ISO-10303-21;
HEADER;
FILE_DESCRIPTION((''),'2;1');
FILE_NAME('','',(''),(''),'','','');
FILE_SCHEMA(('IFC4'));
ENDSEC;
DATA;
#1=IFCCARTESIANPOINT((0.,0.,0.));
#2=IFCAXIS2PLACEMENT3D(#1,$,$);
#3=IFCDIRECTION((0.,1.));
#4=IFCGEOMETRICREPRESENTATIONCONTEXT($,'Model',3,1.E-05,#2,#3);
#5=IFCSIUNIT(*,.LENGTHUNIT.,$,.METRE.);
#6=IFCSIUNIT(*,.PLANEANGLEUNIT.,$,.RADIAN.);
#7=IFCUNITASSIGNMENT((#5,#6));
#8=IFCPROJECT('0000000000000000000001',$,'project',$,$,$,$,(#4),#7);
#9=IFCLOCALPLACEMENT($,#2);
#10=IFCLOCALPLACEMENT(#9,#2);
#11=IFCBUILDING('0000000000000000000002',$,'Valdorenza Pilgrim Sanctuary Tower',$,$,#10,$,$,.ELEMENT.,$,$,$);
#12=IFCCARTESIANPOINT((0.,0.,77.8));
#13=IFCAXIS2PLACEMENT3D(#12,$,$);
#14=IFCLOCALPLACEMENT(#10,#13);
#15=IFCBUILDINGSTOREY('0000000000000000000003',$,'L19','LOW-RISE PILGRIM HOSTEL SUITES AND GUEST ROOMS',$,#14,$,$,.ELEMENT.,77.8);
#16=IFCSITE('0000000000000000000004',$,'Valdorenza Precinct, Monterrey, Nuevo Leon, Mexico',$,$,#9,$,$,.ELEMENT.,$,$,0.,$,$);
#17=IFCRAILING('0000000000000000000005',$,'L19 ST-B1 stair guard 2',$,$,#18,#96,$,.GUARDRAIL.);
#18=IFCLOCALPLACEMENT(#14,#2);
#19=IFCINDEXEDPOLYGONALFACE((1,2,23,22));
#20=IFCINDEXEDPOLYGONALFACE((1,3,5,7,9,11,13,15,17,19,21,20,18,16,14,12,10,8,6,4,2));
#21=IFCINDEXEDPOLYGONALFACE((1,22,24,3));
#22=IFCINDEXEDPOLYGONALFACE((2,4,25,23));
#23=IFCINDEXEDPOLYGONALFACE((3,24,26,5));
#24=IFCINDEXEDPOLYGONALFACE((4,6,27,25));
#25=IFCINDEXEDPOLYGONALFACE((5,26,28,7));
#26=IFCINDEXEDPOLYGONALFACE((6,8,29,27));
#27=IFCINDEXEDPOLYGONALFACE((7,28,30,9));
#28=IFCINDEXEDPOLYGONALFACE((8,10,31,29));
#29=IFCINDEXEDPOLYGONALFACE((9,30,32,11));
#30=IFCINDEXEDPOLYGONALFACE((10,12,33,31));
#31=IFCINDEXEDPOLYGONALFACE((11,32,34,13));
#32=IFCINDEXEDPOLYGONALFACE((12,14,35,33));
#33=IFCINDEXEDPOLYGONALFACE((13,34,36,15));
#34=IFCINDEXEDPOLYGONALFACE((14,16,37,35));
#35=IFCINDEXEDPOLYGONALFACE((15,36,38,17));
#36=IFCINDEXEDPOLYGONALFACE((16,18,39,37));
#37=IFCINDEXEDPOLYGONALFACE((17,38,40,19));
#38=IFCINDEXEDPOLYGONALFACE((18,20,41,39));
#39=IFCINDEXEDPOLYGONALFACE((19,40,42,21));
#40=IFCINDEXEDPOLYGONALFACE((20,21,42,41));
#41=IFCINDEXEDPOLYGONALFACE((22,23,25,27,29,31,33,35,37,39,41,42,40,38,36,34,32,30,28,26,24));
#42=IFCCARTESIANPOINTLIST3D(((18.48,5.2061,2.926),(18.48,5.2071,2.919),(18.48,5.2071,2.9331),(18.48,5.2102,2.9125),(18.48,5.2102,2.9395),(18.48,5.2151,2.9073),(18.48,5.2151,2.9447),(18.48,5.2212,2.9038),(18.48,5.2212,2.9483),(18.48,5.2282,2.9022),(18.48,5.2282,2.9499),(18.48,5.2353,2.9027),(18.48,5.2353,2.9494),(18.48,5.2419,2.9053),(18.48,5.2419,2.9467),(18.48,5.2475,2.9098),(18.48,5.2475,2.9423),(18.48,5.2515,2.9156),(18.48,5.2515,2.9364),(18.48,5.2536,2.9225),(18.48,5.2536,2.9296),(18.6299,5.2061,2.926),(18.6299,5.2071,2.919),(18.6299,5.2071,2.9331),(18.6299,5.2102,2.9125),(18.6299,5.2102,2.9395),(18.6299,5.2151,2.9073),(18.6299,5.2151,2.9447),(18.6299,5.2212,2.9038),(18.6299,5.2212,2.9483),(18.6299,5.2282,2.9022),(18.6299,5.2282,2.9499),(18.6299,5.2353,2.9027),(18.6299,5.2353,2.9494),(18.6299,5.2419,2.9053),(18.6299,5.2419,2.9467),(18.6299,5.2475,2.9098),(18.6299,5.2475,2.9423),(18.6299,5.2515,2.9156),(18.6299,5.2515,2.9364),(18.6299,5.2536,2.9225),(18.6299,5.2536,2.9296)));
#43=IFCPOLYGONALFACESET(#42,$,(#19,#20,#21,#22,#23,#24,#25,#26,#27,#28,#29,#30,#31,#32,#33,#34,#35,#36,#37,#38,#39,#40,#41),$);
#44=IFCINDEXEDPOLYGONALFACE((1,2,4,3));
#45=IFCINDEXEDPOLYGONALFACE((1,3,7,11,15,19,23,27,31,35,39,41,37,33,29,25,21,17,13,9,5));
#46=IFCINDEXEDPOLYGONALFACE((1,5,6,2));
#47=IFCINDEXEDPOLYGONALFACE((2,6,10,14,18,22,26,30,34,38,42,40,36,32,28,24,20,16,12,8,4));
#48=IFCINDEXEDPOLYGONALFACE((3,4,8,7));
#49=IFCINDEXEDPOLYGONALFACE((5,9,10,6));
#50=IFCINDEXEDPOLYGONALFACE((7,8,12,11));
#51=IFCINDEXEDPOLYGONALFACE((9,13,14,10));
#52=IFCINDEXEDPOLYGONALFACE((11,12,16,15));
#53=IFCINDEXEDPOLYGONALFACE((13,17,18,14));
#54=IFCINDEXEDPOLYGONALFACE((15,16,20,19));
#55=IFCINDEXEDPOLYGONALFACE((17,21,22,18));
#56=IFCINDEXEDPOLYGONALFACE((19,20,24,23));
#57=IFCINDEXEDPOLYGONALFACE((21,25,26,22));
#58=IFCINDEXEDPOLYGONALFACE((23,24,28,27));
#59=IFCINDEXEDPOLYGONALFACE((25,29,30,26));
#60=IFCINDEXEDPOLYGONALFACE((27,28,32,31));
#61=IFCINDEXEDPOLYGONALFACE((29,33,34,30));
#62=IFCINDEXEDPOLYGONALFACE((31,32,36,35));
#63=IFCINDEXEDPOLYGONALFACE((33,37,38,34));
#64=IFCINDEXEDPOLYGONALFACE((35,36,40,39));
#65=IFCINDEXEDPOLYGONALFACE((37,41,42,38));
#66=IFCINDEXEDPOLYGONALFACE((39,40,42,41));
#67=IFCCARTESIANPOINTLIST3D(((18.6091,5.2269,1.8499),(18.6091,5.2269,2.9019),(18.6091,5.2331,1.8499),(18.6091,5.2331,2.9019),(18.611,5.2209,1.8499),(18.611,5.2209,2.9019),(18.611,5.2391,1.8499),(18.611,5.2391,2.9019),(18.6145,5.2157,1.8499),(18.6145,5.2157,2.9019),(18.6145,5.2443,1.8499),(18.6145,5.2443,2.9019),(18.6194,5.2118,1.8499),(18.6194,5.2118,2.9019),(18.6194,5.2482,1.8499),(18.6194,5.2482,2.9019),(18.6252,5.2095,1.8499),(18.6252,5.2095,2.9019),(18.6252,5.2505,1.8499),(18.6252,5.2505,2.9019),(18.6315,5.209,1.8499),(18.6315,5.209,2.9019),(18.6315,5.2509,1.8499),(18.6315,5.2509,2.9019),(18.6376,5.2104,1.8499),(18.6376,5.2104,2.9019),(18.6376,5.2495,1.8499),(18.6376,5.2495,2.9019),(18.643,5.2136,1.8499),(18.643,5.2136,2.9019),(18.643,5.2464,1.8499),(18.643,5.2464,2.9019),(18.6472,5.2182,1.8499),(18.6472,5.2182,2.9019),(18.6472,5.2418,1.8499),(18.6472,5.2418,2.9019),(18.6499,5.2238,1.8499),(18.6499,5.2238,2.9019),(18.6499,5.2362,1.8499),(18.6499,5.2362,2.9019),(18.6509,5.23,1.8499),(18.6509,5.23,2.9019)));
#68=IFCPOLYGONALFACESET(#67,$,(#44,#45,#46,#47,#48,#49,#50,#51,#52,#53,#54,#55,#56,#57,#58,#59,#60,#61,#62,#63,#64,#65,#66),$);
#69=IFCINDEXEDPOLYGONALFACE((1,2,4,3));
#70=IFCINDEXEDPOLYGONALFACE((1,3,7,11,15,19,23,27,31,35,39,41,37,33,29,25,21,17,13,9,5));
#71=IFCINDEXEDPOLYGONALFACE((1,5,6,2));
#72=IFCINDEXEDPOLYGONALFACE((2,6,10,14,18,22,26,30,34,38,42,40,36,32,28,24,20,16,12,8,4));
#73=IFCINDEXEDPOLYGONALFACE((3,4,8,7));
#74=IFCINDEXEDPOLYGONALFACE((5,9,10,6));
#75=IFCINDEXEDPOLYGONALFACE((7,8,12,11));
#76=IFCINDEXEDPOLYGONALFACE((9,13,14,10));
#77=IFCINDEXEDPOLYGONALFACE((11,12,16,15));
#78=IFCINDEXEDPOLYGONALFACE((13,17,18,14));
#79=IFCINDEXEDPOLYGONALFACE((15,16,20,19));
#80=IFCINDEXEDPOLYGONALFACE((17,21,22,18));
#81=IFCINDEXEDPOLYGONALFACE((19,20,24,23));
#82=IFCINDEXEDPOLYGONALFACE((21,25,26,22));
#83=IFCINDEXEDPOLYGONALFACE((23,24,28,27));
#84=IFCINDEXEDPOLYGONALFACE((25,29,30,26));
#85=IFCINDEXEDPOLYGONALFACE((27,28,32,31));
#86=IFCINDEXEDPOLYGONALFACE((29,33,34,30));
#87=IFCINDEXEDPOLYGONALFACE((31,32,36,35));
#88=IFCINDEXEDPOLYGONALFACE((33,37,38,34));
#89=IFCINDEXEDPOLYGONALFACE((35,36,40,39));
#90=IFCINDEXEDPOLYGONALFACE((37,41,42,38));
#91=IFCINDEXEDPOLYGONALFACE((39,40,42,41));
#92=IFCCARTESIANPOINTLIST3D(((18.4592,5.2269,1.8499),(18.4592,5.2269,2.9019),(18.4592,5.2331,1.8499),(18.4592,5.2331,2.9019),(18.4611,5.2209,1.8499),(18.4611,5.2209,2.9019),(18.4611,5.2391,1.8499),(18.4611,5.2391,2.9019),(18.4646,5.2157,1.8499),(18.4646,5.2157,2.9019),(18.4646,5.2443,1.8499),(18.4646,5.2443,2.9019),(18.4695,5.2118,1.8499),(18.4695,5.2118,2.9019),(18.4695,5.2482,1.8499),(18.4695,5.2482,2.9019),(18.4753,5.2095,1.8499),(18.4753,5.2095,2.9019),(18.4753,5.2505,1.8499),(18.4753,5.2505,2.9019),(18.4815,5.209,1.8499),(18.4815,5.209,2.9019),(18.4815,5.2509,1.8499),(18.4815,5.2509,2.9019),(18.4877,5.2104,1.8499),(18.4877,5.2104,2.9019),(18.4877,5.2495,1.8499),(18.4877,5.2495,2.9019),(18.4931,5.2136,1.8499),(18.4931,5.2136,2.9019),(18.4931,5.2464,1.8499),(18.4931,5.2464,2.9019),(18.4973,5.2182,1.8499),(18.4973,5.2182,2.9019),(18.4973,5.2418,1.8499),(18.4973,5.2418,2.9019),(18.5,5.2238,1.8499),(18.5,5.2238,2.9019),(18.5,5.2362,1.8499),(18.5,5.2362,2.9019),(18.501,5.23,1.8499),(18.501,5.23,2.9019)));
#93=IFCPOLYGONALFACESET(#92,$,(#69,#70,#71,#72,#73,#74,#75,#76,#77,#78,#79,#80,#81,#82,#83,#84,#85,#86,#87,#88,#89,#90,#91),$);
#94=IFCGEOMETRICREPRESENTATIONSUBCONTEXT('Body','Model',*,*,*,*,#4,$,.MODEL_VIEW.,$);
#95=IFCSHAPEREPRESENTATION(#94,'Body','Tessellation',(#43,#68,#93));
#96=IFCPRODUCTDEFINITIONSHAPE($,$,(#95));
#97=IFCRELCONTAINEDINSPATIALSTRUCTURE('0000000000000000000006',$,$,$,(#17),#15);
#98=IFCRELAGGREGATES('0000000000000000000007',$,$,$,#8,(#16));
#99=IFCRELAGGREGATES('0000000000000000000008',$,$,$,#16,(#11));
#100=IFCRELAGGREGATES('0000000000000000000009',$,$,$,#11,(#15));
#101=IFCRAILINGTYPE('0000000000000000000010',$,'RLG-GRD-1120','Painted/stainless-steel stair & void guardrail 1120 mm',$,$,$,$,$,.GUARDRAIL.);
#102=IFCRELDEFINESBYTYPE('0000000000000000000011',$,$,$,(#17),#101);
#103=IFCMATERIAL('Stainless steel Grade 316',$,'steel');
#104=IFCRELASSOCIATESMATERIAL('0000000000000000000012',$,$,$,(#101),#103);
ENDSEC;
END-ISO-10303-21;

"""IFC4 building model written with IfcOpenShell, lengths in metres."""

from ifc_helpers import new_model, si_unit, direction, frame, origin, origin_2d, place, context, subcontext, project, spatial, circle, extrude, material, type_object, element, save


model = new_model("IFC4")

# Units and contexts
model_context = context("Model", 3, precision=1e-05, world=origin(), true_north=direction((0.0, 1.0)))
body_context = subcontext(model_context, "Body", "Model", "MODEL_VIEW")
ifc_project = project(units=[si_unit("LENGTHUNIT", "METRE"), si_unit("PLANEANGLEUNIT", "RADIAN")], contexts=[model_context])

# Site, building, storey
site_placement = place(None, origin())
site = spatial("IfcSite", under=ifc_project, at=site_placement, Name="Valdorenza Precinct, Monterrey, Nuevo Leon, Mexico", CompositionType="ELEMENT", RefElevation=0.0)
building_placement = place(site_placement, origin())
building = spatial("IfcBuilding", under=site, at=building_placement, Name="Valdorenza Pilgrim Sanctuary Tower", CompositionType="ELEMENT")
storey_placement = place(building_placement, frame((0.0, 0.0, 77.8)))
storey = spatial("IfcBuildingStorey", under=building, at=storey_placement, Name="L19", Description="LOW-RISE PILGRIM HOSTEL SUITES AND GUEST ROOMS", CompositionType="ELEMENT", Elevation=77.8)

# Railing
ifc_material_1 = material(Name="Stainless steel Grade 316", Category="steel")
railing_type_1 = type_object("IfcRailingType", Name="RLG-GRD-1120", Description="Painted/stainless-steel stair & void guardrail 1120 mm", PredefinedType="GUARDRAIL", material=ifc_material_1)
railing_1_placement = place(storey_placement, frame((18.6299, 5.23, 1.8499)))
element("IfcRailing", 1, at=railing_1_placement, inside=storey, type_object=railing_type_1, Name="L19 ST-B1 stair guard 2", PredefinedType="GUARDRAIL", context=body_context, shape_type="SweptSolid", body=[
    extrude(circle(Radius=0.0239, at=origin_2d()), frame((0.0, 0.0, 1.0762), z_axis=(-1.0, 0.0, 0.0), x_axis=(0.0, -1.0, 0.0)), (0.0, 0.0, 1.0), 0.1499),
    extrude(circle(Radius=0.021, at=origin_2d()), origin(), (0.0, 0.0, 1.0), 1.052),
    extrude(circle(Radius=0.021, at=origin_2d()), frame((-0.1499, 0.0, 0.0)), (0.0, 0.0, 1.0), 1.052),
])

save(model, "model.ifc")
